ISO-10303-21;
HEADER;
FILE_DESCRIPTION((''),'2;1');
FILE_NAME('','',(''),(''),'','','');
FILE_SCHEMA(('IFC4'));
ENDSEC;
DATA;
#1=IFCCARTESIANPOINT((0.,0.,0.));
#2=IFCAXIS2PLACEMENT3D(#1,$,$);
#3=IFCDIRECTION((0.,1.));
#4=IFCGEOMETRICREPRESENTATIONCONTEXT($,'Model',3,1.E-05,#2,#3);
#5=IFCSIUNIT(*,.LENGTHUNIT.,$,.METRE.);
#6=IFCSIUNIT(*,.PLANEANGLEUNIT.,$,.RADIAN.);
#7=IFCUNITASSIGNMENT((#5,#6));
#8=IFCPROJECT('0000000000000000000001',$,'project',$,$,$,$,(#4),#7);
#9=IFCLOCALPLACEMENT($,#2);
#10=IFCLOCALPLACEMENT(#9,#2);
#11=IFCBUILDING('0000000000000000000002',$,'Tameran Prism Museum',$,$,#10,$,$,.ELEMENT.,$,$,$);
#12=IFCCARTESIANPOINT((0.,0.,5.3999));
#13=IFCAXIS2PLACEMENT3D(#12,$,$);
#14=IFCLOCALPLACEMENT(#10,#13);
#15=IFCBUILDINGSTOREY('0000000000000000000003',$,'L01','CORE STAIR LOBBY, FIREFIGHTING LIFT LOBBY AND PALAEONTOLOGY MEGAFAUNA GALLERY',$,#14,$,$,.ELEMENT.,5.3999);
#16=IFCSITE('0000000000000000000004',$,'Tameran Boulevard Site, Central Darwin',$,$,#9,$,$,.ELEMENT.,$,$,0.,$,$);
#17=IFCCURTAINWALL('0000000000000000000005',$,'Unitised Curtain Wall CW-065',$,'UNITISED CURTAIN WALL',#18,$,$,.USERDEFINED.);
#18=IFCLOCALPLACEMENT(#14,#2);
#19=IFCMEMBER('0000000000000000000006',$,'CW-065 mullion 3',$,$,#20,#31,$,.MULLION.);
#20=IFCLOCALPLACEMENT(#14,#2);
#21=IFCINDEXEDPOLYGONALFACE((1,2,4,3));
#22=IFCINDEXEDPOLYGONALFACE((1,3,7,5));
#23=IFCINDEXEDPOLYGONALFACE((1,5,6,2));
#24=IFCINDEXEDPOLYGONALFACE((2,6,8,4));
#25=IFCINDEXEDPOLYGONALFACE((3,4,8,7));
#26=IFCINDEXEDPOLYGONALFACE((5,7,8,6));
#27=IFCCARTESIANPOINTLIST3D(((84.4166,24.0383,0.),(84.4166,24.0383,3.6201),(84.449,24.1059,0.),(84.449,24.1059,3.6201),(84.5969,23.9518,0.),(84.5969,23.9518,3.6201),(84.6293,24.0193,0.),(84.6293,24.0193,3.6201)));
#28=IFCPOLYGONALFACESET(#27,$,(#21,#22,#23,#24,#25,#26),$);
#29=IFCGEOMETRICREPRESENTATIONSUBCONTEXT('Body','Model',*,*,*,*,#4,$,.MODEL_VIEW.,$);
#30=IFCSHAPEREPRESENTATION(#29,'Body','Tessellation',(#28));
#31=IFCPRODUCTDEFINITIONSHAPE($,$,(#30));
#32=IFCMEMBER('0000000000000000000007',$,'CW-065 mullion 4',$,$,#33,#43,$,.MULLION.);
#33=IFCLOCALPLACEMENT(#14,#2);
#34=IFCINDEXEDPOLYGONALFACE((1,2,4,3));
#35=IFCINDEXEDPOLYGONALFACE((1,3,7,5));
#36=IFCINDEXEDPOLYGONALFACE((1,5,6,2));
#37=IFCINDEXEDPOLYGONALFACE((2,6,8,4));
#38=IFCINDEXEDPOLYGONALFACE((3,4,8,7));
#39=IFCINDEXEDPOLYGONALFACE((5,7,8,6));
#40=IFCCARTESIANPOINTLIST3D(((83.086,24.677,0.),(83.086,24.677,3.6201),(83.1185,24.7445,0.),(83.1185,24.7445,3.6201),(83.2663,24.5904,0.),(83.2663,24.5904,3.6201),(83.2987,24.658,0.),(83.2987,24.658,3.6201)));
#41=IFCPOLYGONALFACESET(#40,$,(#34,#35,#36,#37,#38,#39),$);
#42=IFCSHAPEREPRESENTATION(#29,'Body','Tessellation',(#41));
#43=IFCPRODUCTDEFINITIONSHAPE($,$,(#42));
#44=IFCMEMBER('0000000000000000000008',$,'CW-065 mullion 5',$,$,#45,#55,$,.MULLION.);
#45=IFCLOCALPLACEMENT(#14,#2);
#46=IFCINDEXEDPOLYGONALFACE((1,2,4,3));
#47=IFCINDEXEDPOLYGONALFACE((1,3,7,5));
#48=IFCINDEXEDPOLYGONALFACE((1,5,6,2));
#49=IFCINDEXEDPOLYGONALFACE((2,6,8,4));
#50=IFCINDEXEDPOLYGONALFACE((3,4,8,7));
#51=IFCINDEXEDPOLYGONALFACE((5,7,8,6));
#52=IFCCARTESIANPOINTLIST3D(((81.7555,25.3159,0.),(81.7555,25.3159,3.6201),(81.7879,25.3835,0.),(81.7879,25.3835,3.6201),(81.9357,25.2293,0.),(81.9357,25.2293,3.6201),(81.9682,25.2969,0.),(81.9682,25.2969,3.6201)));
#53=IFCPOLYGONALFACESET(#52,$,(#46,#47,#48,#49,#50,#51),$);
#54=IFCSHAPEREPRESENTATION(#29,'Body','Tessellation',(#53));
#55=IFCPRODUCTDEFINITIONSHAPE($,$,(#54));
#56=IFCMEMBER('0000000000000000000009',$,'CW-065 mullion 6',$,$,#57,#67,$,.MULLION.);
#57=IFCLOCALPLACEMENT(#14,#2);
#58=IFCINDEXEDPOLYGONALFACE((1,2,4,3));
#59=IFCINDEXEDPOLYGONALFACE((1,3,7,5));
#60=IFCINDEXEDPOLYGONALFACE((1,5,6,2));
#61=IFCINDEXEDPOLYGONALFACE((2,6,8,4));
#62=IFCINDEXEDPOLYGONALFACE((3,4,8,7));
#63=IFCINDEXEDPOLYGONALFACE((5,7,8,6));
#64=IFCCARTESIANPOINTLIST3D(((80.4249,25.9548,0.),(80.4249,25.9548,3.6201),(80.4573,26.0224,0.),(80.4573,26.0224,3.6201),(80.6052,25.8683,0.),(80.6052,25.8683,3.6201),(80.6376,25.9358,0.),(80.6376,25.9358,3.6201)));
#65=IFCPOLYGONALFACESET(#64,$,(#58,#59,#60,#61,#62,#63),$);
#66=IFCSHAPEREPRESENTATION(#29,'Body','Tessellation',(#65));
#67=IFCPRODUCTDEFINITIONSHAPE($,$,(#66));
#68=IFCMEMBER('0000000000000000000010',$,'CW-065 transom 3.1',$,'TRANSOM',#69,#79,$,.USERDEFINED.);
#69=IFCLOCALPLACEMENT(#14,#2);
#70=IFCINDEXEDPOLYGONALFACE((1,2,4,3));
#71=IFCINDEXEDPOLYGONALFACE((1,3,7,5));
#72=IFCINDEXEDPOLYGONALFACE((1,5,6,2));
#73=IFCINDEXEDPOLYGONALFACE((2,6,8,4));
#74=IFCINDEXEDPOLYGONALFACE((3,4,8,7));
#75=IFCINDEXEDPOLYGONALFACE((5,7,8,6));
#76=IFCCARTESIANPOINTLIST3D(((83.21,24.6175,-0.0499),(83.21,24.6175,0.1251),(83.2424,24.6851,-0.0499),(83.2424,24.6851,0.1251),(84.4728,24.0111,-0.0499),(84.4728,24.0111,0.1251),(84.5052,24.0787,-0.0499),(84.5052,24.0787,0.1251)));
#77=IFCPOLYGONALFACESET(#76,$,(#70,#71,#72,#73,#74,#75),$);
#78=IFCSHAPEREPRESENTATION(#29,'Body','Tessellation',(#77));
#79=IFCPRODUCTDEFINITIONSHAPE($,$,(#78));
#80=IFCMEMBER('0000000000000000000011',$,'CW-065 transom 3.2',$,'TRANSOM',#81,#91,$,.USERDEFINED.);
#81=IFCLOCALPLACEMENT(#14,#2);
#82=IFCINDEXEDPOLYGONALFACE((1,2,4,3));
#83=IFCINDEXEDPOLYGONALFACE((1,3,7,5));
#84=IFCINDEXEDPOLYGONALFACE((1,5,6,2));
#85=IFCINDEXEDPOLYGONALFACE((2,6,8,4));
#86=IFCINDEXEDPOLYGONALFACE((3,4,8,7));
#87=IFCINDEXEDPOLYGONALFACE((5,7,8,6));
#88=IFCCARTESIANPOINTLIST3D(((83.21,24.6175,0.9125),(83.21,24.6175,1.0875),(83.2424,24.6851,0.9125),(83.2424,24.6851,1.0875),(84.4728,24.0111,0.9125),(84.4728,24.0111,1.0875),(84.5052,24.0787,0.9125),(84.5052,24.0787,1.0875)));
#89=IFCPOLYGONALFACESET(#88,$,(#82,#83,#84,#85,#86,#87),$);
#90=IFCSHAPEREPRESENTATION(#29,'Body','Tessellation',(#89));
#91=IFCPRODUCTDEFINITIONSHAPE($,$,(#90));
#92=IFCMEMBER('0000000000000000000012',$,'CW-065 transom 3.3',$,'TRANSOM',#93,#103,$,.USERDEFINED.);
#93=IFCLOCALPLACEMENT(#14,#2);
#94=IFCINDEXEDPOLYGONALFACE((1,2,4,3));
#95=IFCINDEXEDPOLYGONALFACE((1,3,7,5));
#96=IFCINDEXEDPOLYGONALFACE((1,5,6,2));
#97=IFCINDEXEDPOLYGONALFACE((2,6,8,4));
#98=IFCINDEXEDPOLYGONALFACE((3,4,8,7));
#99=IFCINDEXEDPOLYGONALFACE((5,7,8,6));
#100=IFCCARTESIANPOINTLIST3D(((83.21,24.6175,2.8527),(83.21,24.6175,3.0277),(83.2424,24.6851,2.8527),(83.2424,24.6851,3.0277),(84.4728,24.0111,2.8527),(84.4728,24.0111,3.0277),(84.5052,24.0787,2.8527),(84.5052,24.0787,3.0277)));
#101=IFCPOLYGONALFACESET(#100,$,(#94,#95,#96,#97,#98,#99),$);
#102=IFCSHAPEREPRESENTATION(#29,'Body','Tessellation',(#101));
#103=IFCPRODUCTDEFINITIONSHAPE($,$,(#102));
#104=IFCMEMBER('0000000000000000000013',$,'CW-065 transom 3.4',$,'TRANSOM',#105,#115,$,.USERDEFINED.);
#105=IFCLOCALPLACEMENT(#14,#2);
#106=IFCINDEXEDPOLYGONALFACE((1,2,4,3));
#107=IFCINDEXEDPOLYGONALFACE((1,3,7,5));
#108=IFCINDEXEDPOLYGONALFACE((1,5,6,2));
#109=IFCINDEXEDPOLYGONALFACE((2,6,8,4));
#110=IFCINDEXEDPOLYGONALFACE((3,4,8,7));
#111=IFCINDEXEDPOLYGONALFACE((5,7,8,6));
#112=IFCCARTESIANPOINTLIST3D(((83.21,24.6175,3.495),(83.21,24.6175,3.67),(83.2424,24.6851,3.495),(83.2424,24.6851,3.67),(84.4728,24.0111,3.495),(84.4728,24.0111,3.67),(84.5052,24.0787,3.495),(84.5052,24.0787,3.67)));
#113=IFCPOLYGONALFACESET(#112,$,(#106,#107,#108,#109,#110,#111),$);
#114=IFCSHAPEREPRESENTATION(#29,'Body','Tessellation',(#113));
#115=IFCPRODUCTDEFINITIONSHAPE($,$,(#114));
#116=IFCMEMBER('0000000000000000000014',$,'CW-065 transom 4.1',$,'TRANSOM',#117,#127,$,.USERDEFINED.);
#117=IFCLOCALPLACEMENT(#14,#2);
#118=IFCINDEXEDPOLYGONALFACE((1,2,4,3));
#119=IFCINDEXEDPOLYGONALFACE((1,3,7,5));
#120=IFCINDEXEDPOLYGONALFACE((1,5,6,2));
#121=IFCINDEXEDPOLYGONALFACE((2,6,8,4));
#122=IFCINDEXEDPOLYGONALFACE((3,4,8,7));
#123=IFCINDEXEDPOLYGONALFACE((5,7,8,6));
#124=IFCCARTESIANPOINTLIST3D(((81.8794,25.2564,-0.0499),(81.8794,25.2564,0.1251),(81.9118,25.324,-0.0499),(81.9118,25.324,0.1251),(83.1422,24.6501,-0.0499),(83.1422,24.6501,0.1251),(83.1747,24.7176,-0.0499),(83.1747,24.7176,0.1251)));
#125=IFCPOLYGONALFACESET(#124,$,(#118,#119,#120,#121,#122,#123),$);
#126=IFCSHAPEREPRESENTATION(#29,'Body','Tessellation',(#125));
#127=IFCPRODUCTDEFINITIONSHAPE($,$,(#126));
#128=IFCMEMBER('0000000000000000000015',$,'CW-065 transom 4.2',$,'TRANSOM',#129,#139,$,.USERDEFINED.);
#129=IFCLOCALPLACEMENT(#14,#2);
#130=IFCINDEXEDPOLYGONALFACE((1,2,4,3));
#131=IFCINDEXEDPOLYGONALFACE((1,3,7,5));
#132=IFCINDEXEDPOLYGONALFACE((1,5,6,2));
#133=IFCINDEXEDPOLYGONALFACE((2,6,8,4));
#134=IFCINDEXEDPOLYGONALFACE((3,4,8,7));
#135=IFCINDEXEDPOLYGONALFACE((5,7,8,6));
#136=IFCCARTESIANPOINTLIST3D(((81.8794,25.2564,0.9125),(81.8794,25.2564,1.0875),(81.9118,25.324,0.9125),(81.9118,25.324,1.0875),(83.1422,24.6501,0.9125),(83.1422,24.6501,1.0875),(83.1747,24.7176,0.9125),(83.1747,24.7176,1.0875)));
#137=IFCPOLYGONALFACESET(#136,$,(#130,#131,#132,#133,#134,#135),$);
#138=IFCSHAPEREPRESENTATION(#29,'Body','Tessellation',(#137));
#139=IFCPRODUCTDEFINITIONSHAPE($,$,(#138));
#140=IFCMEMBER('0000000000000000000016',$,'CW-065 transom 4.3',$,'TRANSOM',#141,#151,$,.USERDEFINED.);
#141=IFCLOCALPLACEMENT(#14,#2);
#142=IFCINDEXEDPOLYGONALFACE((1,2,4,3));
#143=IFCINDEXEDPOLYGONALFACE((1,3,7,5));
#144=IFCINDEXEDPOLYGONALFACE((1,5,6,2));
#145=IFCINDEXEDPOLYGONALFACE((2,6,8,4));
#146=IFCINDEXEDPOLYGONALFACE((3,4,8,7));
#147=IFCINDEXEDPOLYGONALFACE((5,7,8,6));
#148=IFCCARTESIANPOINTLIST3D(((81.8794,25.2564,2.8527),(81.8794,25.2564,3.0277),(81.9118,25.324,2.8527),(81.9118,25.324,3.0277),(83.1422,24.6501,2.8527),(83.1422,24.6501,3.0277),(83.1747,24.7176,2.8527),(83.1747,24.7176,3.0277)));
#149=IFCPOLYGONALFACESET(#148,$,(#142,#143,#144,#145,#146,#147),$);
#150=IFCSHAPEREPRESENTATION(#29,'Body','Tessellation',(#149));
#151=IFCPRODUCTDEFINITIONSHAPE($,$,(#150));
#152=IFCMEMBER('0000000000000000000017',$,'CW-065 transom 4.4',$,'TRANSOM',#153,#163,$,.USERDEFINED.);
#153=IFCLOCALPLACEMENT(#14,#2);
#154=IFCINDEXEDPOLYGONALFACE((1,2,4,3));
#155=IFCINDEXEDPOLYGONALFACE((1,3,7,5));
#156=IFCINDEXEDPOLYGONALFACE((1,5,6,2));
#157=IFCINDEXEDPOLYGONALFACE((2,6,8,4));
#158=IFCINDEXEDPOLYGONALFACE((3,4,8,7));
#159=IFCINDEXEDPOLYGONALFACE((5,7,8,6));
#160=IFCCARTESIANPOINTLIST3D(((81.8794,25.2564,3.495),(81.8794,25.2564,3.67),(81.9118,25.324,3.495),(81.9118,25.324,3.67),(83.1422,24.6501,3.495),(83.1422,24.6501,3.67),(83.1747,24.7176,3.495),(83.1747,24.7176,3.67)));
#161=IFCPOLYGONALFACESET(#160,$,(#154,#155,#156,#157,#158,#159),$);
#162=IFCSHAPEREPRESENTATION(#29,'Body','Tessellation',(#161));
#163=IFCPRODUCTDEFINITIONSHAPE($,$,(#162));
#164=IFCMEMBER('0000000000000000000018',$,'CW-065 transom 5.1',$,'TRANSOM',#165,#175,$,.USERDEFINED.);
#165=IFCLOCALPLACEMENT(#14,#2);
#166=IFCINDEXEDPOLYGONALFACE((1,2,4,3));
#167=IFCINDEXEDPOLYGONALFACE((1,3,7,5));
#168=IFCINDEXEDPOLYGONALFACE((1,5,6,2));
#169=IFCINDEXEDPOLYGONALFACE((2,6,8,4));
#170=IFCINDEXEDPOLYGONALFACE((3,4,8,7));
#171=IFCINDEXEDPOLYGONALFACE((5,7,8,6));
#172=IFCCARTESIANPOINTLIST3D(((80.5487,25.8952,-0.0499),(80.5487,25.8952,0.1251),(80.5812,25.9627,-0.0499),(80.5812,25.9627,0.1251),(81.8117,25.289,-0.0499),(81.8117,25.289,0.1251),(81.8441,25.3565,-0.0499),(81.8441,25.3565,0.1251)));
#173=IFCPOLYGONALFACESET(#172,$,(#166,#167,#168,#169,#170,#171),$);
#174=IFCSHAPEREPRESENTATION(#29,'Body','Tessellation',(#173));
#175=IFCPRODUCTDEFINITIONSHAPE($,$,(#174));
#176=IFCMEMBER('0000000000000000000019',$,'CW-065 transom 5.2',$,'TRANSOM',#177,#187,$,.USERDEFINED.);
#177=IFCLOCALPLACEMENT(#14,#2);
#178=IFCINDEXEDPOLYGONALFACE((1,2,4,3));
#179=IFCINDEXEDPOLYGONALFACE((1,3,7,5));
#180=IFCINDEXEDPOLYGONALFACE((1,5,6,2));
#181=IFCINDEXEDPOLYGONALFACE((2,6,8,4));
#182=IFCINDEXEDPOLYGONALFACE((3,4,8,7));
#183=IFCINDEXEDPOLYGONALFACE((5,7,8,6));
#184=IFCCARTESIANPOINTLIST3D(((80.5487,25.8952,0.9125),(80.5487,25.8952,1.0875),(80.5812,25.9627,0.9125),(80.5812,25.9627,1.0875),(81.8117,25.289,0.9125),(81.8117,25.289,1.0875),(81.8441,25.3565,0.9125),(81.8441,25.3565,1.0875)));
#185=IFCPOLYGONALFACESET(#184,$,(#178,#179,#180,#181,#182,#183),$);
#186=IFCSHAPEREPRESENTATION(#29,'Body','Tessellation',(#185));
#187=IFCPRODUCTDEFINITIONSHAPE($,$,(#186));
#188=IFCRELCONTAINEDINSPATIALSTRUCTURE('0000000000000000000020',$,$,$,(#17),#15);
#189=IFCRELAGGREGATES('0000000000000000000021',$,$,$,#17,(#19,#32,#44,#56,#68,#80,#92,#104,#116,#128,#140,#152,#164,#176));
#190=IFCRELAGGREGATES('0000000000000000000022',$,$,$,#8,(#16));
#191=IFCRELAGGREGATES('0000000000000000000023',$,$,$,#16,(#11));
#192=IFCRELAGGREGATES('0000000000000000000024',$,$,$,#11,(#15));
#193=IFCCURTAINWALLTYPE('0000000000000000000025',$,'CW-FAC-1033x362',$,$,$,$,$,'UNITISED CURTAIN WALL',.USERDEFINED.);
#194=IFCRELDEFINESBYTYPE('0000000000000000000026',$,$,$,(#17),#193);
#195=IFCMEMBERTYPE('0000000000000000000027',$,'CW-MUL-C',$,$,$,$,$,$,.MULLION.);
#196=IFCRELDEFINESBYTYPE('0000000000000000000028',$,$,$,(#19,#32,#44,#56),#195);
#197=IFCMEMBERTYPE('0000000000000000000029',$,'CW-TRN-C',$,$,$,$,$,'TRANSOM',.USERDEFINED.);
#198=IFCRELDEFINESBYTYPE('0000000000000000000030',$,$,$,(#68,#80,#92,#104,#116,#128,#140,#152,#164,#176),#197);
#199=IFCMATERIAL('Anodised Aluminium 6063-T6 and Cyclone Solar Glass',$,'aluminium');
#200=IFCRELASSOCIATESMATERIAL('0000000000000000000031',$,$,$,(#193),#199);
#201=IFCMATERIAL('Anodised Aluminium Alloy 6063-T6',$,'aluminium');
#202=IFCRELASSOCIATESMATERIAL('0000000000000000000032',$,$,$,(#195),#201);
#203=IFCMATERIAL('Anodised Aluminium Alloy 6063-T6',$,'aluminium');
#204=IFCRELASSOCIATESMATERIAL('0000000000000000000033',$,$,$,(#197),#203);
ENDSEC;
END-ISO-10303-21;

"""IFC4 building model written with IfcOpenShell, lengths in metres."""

from ifc_helpers import new_model, si_unit, direction, frame, origin, origin_2d, place, context, subcontext, project, spatial, rectangle, extrude, material, material_profile, profile_set, type_object, element, aggregate, save


model = new_model("IFC4")

# Units and contexts
model_context = context("Model", 3, precision=1e-05, world=origin(), true_north=direction((0.0, 1.0)))
body_context = subcontext(model_context, "Body", "Model", "MODEL_VIEW")
ifc_project = project(units=[si_unit("LENGTHUNIT", "METRE"), si_unit("PLANEANGLEUNIT", "RADIAN")], contexts=[model_context])

# Site, building, storey
site_placement = place(None, origin())
site = spatial("IfcSite", under=ifc_project, at=site_placement, Name="Tameran Boulevard Site, Central Darwin", CompositionType="ELEMENT", RefElevation=0.0)
building_placement = place(site_placement, origin())
building = spatial("IfcBuilding", under=site, at=building_placement, Name="Tameran Prism Museum", CompositionType="ELEMENT")
storey_placement = place(building_placement, frame((0.0, 0.0, 5.3999)))
storey = spatial("IfcBuildingStorey", under=building, at=storey_placement, Name="L01", Description="CORE STAIR LOBBY, FIREFIGHTING LIFT LOBBY AND PALAEONTOLOGY MEGAFAUNA GALLERY", CompositionType="ELEMENT", Elevation=5.3999)

# Curtain wall, members
ifc_material_1 = material(Name="Anodised Aluminium 6063-T6 and Cyclone Solar Glass", Category="aluminium")
curtain_wall_type = type_object("IfcCurtainWallType", Name="CW-FAC-1033x362", ElementType="UNITISED CURTAIN WALL", PredefinedType="USERDEFINED", material=ifc_material_1)
curtain_wall_placement = place(storey_placement, origin())
curtain_wall = element("IfcCurtainWall", 1, at=curtain_wall_placement, inside=storey, type_object=curtain_wall_type, Name="Unitised Curtain Wall CW-065", ObjectType="UNITISED CURTAIN WALL", PredefinedType="USERDEFINED")
ifc_material_2 = material(Name="Anodised Aluminium Alloy 6063-T6", Category="aluminium")
ifc_material_profile_1 = material_profile(ifc_material_2, rectangle(XDim=0.075, YDim=0.2, at=origin_2d()))
ifc_profile_set_1 = profile_set([ifc_material_profile_1])
member_type_1 = type_object("IfcMemberType", Name="CW-MUL-C", PredefinedType="MULLION", material=ifc_profile_set_1)
member_1_placement = place(storey_placement, frame((84.5229, 24.0288, 0.0), z_axis=(0.0, 0.0, 1.0), x_axis=(-0.432832, -0.901475, 0.0)))
member_1 = element("IfcMember", 2, at=member_1_placement, type_object=member_type_1, Name="CW-065 mullion 3", PredefinedType="MULLION", context=body_context, shape_type="SweptSolid", body=[
    extrude(rectangle(XDim=0.075, YDim=0.2, at=origin_2d()), origin(), (0.0, 0.0, 1.0), 3.6201),
])
member_2_placement = place(storey_placement, frame((83.1924, 24.6675, 0.0), z_axis=(0.0, 0.0, 1.0), x_axis=(-0.432832, -0.901475, 0.0)))
member_2 = element("IfcMember", 3, at=member_2_placement, type_object=member_type_1, Name="CW-065 mullion 4", PredefinedType="MULLION", context=body_context, shape_type="SweptSolid", body=[
    extrude(rectangle(XDim=0.075, YDim=0.2, at=origin_2d()), origin(), (0.0, 0.0, 1.0), 3.6201),
])
member_3_placement = place(storey_placement, frame((81.8618, 25.3064, 0.0), z_axis=(0.0, 0.0, 1.0), x_axis=(-0.432832, -0.901475, 0.0)))
member_3 = element("IfcMember", 4, at=member_3_placement, type_object=member_type_1, Name="CW-065 mullion 5", PredefinedType="MULLION", context=body_context, shape_type="SweptSolid", body=[
    extrude(rectangle(XDim=0.075, YDim=0.2, at=origin_2d()), origin(), (0.0, 0.0, 1.0), 3.6201),
])
member_4_placement = place(storey_placement, frame((80.5312, 25.9453, 0.0), z_axis=(0.0, 0.0, 1.0), x_axis=(-0.432832, -0.901475, 0.0)))
member_4 = element("IfcMember", 5, at=member_4_placement, type_object=member_type_1, Name="CW-065 mullion 6", PredefinedType="MULLION", context=body_context, shape_type="SweptSolid", body=[
    extrude(rectangle(XDim=0.075, YDim=0.2, at=origin_2d()), origin(), (0.0, 0.0, 1.0), 3.6201),
])
ifc_material_3 = material(Name="Anodised Aluminium Alloy 6063-T6", Category="aluminium")
ifc_material_profile_2 = material_profile(ifc_material_3, rectangle(XDim=0.075, YDim=0.175, at=origin_2d()))
ifc_profile_set_2 = profile_set([ifc_material_profile_2])
member_type_2 = type_object("IfcMemberType", Name="CW-TRN-C", ElementType="TRANSOM", PredefinedType="USERDEFINED", material=ifc_profile_set_2)
member_5_placement = place(storey_placement, frame((84.489, 24.0449, 0.0376), z_axis=(-0.901458, 0.432867, 0.0), x_axis=(-0.432867, -0.901458, 0.0)))
member_5 = element("IfcMember", 6, at=member_5_placement, type_object=member_type_2, Name="CW-065 transom 3.1", ObjectType="TRANSOM", PredefinedType="USERDEFINED", context=body_context, shape_type="SweptSolid", body=[
    extrude(rectangle(XDim=0.075, YDim=0.175, at=origin_2d()), origin(), (0.0, 0.0, 1.0), 1.4009),
])
member_6_placement = place(storey_placement, frame((84.489, 24.0449, 1.0), z_axis=(-0.901458, 0.432867, 0.0), x_axis=(-0.432867, -0.901458, 0.0)))
member_6 = element("IfcMember", 7, at=member_6_placement, type_object=member_type_2, Name="CW-065 transom 3.2", ObjectType="TRANSOM", PredefinedType="USERDEFINED", context=body_context, shape_type="SweptSolid", body=[
    extrude(rectangle(XDim=0.075, YDim=0.175, at=origin_2d()), origin(), (0.0, 0.0, 1.0), 1.4009),
])
member_7_placement = place(storey_placement, frame((84.489, 24.0449, 2.9402), z_axis=(-0.901458, 0.432867, 0.0), x_axis=(-0.432867, -0.901458, 0.0)))
member_7 = element("IfcMember", 8, at=member_7_placement, type_object=member_type_2, Name="CW-065 transom 3.3", ObjectType="TRANSOM", PredefinedType="USERDEFINED", context=body_context, shape_type="SweptSolid", body=[
    extrude(rectangle(XDim=0.075, YDim=0.175, at=origin_2d()), origin(), (0.0, 0.0, 1.0), 1.4009),
])
member_8_placement = place(storey_placement, frame((84.489, 24.0449, 3.5825), z_axis=(-0.901458, 0.432867, 0.0), x_axis=(-0.432867, -0.901458, 0.0)))
member_8 = element("IfcMember", 9, at=member_8_placement, type_object=member_type_2, Name="CW-065 transom 3.4", ObjectType="TRANSOM", PredefinedType="USERDEFINED", context=body_context, shape_type="SweptSolid", body=[
    extrude(rectangle(XDim=0.075, YDim=0.175, at=origin_2d()), origin(), (0.0, 0.0, 1.0), 1.4009),
])
member_9_placement = place(storey_placement, frame((83.1584, 24.6838, 0.0376), z_axis=(-0.901458, 0.432867, 0.0), x_axis=(-0.432867, -0.901458, 0.0)))
member_9 = element("IfcMember", 10, at=member_9_placement, type_object=member_type_2, Name="CW-065 transom 4.1", ObjectType="TRANSOM", PredefinedType="USERDEFINED", context=body_context, shape_type="SweptSolid", body=[
    extrude(rectangle(XDim=0.075, YDim=0.175, at=origin_2d()), origin(), (0.0, 0.0, 1.0), 1.4009),
])
member_10_placement = place(storey_placement, frame((83.1584, 24.6838, 1.0), z_axis=(-0.901458, 0.432867, 0.0), x_axis=(-0.432867, -0.901458, 0.0)))
member_10 = element("IfcMember", 11, at=member_10_placement, type_object=member_type_2, Name="CW-065 transom 4.2", ObjectType="TRANSOM", PredefinedType="USERDEFINED", context=body_context, shape_type="SweptSolid", body=[
    extrude(rectangle(XDim=0.075, YDim=0.175, at=origin_2d()), origin(), (0.0, 0.0, 1.0), 1.4009),
])
member_11_placement = place(storey_placement, frame((83.1584, 24.6838, 2.9402), z_axis=(-0.901458, 0.432867, 0.0), x_axis=(-0.432867, -0.901458, 0.0)))
member_11 = element("IfcMember", 12, at=member_11_placement, type_object=member_type_2, Name="CW-065 transom 4.3", ObjectType="TRANSOM", PredefinedType="USERDEFINED", context=body_context, shape_type="SweptSolid", body=[
    extrude(rectangle(XDim=0.075, YDim=0.175, at=origin_2d()), origin(), (0.0, 0.0, 1.0), 1.4009),
])
member_12_placement = place(storey_placement, frame((83.1584, 24.6838, 3.5825), z_axis=(-0.901458, 0.432867, 0.0), x_axis=(-0.432867, -0.901458, 0.0)))
member_12 = element("IfcMember", 13, at=member_12_placement, type_object=member_type_2, Name="CW-065 transom 4.4", ObjectType="TRANSOM", PredefinedType="USERDEFINED", context=body_context, shape_type="SweptSolid", body=[
    extrude(rectangle(XDim=0.075, YDim=0.175, at=origin_2d()), origin(), (0.0, 0.0, 1.0), 1.4009),
])
member_13_placement = place(storey_placement, frame((81.8279, 25.3228, 0.0376), z_axis=(-0.901526, 0.432725, 0.0), x_axis=(-0.432725, -0.901526, 0.0)))
member_13 = element("IfcMember", 14, at=member_13_placement, type_object=member_type_2, Name="CW-065 transom 5.1", ObjectType="TRANSOM", PredefinedType="USERDEFINED", context=body_context, shape_type="SweptSolid", body=[
    extrude(rectangle(XDim=0.075, YDim=0.175, at=origin_2d()), origin(), (0.0, 0.0, 1.0), 1.4009),
])
member_14_placement = place(storey_placement, frame((81.8279, 25.3228, 1.0), z_axis=(-0.901526, 0.432725, 0.0), x_axis=(-0.432725, -0.901526, 0.0)))
member_14 = element("IfcMember", 15, at=member_14_placement, type_object=member_type_2, Name="CW-065 transom 5.2", ObjectType="TRANSOM", PredefinedType="USERDEFINED", context=body_context, shape_type="SweptSolid", body=[
    extrude(rectangle(XDim=0.075, YDim=0.175, at=origin_2d()), origin(), (0.0, 0.0, 1.0), 1.4009),
])
aggregate(curtain_wall, [member_1, member_2, member_3, member_4, member_5, member_6, member_7, member_8, member_9, member_10, member_11, member_12, member_13, member_14])

save(model, "model.ifc")
